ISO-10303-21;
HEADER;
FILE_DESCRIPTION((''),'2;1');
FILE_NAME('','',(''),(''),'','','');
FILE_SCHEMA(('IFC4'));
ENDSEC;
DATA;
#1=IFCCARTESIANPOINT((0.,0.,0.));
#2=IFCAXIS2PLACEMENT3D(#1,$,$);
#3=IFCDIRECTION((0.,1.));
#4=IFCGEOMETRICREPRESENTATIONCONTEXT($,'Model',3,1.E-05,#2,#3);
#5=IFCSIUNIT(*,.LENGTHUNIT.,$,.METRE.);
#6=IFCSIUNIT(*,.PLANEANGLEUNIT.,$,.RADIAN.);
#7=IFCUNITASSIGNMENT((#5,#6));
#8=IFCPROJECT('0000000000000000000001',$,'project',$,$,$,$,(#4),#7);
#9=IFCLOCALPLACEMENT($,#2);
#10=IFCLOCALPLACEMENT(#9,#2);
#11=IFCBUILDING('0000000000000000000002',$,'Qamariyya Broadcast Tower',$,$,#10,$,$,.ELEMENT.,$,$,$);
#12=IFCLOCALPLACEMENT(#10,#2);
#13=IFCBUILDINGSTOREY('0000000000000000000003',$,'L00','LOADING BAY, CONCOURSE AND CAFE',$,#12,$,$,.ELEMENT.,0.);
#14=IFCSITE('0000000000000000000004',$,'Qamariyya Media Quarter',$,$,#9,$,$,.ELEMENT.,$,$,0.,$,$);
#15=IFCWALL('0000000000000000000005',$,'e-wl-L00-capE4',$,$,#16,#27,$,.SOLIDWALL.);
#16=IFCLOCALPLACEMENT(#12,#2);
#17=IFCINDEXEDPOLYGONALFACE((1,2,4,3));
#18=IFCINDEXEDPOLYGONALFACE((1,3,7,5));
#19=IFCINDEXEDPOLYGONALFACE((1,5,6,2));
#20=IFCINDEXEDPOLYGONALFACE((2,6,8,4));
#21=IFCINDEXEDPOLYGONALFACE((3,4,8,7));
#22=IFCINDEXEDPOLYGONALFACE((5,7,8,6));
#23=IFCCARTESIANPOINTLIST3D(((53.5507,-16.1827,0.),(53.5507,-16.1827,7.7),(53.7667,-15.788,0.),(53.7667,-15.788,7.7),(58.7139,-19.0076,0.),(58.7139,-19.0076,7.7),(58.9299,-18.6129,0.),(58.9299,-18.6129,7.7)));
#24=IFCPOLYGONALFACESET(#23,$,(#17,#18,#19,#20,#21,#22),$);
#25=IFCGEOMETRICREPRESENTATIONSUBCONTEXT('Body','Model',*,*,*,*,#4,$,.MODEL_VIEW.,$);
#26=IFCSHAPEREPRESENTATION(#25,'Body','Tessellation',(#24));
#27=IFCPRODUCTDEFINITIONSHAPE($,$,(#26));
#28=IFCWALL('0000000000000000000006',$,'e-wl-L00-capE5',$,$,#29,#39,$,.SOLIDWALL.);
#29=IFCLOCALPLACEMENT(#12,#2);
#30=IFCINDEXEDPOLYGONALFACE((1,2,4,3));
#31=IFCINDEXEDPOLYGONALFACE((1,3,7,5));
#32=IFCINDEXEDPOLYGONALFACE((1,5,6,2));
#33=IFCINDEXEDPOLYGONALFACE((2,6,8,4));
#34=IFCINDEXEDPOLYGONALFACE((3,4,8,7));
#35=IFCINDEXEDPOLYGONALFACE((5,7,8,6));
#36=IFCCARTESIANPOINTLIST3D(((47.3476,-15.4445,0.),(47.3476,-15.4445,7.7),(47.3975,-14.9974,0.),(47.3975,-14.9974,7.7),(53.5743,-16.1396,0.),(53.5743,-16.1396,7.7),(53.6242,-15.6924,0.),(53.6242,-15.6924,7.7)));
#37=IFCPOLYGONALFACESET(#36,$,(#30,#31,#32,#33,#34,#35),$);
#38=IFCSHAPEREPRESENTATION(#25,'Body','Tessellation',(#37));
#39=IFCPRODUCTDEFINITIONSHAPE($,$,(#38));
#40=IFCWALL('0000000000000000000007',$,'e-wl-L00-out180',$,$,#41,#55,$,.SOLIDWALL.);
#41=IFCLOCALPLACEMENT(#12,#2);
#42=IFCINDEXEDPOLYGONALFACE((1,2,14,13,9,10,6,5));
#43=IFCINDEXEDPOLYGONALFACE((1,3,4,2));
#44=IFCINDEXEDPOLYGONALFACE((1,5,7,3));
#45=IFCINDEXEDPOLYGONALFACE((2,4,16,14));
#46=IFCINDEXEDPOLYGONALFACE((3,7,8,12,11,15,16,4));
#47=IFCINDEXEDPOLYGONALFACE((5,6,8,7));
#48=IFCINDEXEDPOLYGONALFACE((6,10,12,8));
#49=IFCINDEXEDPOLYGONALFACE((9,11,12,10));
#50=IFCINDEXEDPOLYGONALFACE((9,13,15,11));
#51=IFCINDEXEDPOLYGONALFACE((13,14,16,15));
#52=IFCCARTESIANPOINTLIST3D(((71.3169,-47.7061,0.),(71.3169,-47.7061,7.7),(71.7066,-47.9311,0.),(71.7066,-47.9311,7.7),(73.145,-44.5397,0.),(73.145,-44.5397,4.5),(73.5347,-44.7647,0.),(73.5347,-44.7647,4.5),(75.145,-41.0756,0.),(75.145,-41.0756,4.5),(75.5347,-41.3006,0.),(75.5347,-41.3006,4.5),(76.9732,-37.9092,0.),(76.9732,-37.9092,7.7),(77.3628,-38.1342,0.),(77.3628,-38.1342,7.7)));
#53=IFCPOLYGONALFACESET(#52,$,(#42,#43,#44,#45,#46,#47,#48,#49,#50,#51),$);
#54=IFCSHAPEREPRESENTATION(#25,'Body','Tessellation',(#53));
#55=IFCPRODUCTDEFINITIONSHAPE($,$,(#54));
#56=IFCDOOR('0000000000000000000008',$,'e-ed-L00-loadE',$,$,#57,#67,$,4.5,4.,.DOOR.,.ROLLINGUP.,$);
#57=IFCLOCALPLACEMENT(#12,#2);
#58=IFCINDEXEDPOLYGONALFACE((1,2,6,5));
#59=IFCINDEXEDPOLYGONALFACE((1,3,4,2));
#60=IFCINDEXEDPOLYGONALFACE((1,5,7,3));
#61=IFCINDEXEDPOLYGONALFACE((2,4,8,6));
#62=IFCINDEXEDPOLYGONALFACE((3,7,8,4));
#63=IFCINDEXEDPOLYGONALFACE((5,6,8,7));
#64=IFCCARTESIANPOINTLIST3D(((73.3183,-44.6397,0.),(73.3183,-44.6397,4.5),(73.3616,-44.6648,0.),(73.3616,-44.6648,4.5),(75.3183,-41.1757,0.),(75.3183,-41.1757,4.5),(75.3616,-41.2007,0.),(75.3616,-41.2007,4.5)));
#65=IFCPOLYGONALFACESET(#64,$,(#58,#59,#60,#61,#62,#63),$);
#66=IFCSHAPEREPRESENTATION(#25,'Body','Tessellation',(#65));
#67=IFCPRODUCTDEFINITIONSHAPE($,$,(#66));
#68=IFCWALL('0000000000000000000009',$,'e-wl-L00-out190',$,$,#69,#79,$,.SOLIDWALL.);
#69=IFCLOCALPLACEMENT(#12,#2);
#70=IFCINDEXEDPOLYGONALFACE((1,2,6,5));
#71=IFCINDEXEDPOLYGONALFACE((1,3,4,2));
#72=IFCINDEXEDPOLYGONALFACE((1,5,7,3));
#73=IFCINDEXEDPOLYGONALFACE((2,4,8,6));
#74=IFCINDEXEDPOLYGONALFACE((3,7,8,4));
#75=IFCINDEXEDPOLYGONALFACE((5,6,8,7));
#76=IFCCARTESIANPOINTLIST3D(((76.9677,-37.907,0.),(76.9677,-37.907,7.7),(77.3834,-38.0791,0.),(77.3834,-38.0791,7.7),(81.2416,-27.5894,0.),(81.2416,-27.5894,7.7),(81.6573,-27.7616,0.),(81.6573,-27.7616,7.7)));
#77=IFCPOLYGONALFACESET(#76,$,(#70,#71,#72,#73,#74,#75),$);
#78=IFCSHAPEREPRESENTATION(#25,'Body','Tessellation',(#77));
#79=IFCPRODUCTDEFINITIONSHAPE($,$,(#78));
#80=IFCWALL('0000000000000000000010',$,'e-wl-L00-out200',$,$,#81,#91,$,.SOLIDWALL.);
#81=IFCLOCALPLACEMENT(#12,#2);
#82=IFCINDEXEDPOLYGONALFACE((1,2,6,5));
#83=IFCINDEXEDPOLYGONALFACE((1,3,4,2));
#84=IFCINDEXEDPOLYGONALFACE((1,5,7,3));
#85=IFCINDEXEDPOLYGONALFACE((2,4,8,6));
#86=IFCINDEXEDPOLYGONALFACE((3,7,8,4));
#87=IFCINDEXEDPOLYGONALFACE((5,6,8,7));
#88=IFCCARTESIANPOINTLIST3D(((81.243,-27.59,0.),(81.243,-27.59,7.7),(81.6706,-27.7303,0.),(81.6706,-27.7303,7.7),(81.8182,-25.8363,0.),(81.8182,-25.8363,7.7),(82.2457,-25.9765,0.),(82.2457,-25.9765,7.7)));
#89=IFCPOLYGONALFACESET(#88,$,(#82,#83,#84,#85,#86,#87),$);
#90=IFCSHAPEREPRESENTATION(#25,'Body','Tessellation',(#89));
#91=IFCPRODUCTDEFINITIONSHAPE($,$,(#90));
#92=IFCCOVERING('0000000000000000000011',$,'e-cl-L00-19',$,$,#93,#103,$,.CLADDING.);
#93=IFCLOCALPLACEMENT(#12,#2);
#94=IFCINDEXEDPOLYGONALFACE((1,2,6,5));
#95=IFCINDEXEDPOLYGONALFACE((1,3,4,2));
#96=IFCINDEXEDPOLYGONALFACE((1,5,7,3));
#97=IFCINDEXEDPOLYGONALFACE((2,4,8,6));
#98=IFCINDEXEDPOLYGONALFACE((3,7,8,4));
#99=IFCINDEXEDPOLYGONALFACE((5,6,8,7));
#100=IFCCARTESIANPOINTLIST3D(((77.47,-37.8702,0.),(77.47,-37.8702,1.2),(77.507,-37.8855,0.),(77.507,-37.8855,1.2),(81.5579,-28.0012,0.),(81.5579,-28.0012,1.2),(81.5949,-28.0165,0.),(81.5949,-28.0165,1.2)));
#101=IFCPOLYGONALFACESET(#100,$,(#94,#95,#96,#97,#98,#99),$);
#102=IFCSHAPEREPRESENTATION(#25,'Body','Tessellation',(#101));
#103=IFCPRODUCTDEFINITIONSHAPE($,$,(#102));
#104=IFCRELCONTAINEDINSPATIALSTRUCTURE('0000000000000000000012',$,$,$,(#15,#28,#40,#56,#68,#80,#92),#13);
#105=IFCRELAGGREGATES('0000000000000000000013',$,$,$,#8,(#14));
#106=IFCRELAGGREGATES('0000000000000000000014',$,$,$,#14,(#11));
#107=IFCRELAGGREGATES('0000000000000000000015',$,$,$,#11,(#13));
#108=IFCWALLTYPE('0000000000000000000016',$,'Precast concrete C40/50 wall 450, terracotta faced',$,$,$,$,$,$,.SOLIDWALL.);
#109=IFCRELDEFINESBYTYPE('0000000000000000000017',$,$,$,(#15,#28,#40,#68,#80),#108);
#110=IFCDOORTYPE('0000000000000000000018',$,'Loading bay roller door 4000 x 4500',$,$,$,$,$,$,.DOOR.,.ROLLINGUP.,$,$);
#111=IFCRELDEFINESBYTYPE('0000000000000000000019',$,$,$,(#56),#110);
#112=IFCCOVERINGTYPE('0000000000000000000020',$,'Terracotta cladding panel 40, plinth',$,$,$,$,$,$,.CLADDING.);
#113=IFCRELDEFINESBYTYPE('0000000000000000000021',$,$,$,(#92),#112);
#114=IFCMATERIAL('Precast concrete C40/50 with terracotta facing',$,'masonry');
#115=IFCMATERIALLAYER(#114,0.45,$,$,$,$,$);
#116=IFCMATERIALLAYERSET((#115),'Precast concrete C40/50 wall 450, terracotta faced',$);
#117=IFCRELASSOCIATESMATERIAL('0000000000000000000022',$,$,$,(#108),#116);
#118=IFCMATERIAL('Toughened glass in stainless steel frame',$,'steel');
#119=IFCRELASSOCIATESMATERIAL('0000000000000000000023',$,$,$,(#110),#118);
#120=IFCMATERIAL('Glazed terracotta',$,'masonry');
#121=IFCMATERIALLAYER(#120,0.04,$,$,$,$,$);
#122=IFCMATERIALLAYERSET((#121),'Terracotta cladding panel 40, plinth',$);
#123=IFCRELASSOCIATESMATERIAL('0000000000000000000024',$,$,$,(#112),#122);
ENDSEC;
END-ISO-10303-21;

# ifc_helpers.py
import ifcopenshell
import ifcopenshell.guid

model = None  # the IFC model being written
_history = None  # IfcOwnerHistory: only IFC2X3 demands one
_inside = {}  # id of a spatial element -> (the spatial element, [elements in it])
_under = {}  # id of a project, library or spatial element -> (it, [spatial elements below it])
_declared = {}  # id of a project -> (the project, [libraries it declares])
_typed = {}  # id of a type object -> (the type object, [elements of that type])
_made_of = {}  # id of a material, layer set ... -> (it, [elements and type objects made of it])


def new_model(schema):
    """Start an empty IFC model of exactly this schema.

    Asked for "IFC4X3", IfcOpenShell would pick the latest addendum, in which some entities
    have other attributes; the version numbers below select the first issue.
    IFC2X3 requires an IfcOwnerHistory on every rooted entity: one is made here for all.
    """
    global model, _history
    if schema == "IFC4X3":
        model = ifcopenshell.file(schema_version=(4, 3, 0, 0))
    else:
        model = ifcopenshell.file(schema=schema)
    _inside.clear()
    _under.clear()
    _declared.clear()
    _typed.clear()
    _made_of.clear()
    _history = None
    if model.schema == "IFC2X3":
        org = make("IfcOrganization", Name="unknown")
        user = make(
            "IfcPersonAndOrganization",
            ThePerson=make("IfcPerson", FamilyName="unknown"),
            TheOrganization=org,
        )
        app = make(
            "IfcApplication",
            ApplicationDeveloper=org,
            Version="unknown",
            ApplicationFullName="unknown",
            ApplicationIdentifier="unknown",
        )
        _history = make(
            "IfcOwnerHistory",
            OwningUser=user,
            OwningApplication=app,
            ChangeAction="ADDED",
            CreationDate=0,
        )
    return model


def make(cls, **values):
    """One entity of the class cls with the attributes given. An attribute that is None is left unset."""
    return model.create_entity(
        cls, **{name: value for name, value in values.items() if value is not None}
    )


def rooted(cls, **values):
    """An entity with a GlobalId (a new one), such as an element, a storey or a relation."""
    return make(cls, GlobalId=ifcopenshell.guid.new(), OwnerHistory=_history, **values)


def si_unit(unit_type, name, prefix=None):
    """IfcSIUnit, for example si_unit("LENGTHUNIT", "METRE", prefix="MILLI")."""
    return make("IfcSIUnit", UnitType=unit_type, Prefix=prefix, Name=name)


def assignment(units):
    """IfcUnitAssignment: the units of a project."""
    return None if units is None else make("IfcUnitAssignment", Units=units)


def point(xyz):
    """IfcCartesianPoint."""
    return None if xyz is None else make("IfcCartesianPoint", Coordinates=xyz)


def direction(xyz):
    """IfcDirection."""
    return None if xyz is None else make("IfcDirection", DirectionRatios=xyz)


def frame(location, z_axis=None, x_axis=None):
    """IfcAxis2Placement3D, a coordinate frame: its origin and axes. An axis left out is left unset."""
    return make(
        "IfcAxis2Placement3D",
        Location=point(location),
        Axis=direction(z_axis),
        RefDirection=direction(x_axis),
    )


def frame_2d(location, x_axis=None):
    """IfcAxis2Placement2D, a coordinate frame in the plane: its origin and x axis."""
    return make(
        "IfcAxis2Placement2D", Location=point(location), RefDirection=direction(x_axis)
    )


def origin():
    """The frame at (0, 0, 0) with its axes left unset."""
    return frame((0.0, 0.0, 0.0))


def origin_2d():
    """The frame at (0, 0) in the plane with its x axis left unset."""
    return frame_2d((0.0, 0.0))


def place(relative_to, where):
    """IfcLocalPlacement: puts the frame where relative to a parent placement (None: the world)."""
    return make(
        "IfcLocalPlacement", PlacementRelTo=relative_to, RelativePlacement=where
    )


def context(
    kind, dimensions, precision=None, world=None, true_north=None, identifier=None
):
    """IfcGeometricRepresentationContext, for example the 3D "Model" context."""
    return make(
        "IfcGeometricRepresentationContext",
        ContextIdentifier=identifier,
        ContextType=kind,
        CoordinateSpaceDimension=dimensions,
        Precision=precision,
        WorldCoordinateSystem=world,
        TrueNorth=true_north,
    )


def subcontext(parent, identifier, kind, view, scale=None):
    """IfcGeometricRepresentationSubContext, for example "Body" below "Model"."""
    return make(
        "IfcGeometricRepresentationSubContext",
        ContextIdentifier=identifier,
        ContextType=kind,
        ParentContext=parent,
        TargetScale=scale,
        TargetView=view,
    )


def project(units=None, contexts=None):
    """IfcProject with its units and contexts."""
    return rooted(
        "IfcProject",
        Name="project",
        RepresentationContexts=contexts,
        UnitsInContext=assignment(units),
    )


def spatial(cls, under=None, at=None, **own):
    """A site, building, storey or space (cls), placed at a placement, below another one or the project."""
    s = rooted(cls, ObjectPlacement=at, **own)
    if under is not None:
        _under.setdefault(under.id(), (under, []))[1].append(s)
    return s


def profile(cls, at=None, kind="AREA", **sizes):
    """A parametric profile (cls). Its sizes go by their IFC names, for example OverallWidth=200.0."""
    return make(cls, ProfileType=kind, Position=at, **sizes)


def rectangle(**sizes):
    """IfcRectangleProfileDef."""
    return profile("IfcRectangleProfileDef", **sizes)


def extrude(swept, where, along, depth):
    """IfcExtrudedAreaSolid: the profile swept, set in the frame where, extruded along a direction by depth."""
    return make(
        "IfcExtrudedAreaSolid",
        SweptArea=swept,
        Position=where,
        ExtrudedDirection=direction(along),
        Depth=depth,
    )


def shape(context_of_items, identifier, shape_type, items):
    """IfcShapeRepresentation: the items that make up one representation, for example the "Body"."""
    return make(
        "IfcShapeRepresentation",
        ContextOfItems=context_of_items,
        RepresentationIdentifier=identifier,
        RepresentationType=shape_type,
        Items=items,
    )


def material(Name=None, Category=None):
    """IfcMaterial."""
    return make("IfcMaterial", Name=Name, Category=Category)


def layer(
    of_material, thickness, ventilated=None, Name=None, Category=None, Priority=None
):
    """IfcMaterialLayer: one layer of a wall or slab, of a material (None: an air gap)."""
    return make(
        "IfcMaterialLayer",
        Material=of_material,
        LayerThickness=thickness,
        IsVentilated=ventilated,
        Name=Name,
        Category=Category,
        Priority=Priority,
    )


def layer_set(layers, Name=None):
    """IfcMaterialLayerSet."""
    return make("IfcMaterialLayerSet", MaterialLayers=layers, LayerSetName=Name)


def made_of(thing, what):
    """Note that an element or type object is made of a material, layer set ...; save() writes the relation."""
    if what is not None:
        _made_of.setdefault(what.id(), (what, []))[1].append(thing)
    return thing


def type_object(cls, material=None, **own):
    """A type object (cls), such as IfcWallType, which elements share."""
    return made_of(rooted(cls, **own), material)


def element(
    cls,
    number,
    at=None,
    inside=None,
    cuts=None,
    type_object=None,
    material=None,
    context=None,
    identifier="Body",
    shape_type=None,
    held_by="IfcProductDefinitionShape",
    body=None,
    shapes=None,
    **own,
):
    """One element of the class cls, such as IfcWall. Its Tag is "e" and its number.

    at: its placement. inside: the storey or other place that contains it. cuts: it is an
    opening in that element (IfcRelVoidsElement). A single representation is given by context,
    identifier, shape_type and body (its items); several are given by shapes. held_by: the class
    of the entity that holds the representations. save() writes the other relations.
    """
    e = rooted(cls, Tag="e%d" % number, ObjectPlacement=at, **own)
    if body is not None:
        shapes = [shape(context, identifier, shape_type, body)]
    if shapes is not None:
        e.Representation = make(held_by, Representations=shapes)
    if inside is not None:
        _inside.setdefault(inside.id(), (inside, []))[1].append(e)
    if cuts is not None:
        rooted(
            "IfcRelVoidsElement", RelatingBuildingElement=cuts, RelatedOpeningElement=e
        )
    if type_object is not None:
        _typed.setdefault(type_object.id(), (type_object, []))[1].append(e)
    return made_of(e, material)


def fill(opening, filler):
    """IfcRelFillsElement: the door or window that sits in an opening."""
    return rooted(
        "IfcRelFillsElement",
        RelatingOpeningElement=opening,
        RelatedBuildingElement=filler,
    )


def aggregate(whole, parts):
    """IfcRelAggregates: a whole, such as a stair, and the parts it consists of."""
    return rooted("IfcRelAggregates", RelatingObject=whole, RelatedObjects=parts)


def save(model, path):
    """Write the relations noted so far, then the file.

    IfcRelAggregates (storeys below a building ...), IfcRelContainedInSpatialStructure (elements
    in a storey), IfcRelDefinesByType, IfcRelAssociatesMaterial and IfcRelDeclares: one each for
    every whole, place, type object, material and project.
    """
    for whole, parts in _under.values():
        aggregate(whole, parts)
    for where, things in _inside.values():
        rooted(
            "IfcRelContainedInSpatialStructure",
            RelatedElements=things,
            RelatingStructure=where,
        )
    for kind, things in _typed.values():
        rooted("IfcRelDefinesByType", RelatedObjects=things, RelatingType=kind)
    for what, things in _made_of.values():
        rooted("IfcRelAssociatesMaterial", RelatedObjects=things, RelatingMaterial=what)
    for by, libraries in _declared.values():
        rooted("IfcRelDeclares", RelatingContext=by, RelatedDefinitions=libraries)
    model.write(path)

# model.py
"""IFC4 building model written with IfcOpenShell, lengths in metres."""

from ifc_helpers import new_model, si_unit, direction, frame, frame_2d, origin, origin_2d, place, context, subcontext, project, spatial, rectangle, extrude, material, layer, layer_set, type_object, element, fill, save


model = new_model("IFC4")

# Units and contexts
model_context = context("Model", 3, precision=1e-05, world=origin(), true_north=direction((0.0, 1.0)))
body_context = subcontext(model_context, "Body", "Model", "MODEL_VIEW")
ifc_project = project(units=[si_unit("LENGTHUNIT", "METRE"), si_unit("PLANEANGLEUNIT", "RADIAN")], contexts=[model_context])

# Site, building, storey
site_placement = place(None, origin())
site = spatial("IfcSite", under=ifc_project, at=site_placement, Name="Qamariyya Media Quarter", CompositionType="ELEMENT", RefElevation=0.0)
building_placement = place(site_placement, origin())
building = spatial("IfcBuilding", under=site, at=building_placement, Name="Qamariyya Broadcast Tower", CompositionType="ELEMENT")
storey_placement = place(building_placement, origin())
storey = spatial("IfcBuildingStorey", under=building, at=storey_placement, Name="L00", Description="LOADING BAY, CONCOURSE AND CAFE", CompositionType="ELEMENT", Elevation=0.0)

# Walls
ifc_material_1 = material(Name="Precast concrete C40/50 with terracotta facing", Category="masonry")
ifc_layer_1 = layer(ifc_material_1, 0.45)
ifc_layer_set_1 = layer_set([ifc_layer_1], Name="Precast concrete C40/50 wall 450, terracotta faced")
wall_type = type_object("IfcWallType", Name="Precast concrete C40/50 wall 450, terracotta faced", PredefinedType="SOLIDWALL", material=ifc_layer_set_1)
wall_1_placement = place(storey_placement, frame((58.822, -18.8103, 0.0), z_axis=(0.0, 0.0, 1.0), x_axis=(-0.877281, 0.479976, 0.0)))
element("IfcWall", 1, at=wall_1_placement, inside=storey, type_object=wall_type, Name="e-wl-L00-capE4", PredefinedType="SOLIDWALL", context=body_context, shape_type="SweptSolid", body=[
    extrude(rectangle(XDim=5.8855, YDim=0.45, at=frame_2d((2.9429, 0.0))), origin(), (0.0, 0.0, 1.0), 7.7),
])
wall_2_placement = place(storey_placement, frame((53.5994, -15.916, 0.0), z_axis=(0.0, 0.0, 1.0), x_axis=(-0.993828, 0.110936, 0.0)))
element("IfcWall", 2, at=wall_2_placement, inside=storey, type_object=wall_type, Name="e-wl-L00-capE5", PredefinedType="SOLIDWALL", context=body_context, shape_type="SweptSolid", body=[
    extrude(rectangle(XDim=6.2654, YDim=0.45, at=frame_2d((3.1328, 0.0))), origin(), (0.0, 0.0, 1.0), 7.7),
])

# Wall, opening, door
wall_3_placement = place(storey_placement, frame((71.5117, -47.8186, 0.0), z_axis=(0.0, 0.0, 1.0), x_axis=(0.500001, 0.866025, 0.0)))
wall_3 = element("IfcWall", 3, at=wall_3_placement, inside=storey, type_object=wall_type, Name="e-wl-L00-out180", PredefinedType="SOLIDWALL", context=body_context, shape_type="SweptSolid", body=[
    extrude(rectangle(XDim=11.3125, YDim=0.45, at=frame_2d((5.6562, 0.0))), origin(), (0.0, 0.0, 1.0), 7.7),
])
opening_placement = place(wall_3_placement, frame((3.6562, 0.0, 0.0)))
opening = element("IfcOpeningElement", 4, at=opening_placement, cuts=wall_3, PredefinedType="OPENING", context=body_context, shape_type="SweptSolid", body=[
    extrude(rectangle(XDim=4.0, YDim=4.5, at=frame_2d((2.0, 2.25))), frame((0.0, 0.2349, 0.0), z_axis=(0.0, -1.0, 0.0), x_axis=(1.0, 0.0, 0.0)), (0.0, 0.0, 1.0), 0.47),
])
ifc_material_2 = material(Name="Toughened glass in stainless steel frame", Category="steel")
door_type = type_object("IfcDoorType", Name="Loading bay roller door 4000 x 4500", OperationType="ROLLINGUP", PredefinedType="DOOR", material=ifc_material_2)
door_placement = place(opening_placement, origin())
door = element("IfcDoor", 5, at=door_placement, inside=storey, type_object=door_type, Name="e-ed-L00-loadE", OperationType="ROLLINGUP", OverallHeight=4.5, OverallWidth=4.0, PredefinedType="DOOR", context=body_context, shape_type="SweptSolid", body=[
    extrude(rectangle(XDim=4.0, YDim=4.5, at=frame_2d((2.0, 2.25))), frame((0.0, 0.0249, 0.0), z_axis=(0.0, -1.0, 0.0), x_axis=(1.0, 0.0, 0.0)), (0.0, 0.0, 1.0), 0.05),
])
fill(opening, door)

# Walls
wall_4_placement = place(storey_placement, frame((77.1755, -37.9932, 0.0), z_axis=(0.0, 0.0, 1.0), x_axis=(0.382701, 0.923872, 0.0)))
element("IfcWall", 6, at=wall_4_placement, inside=storey, type_object=wall_type, Name="e-wl-L00-out190", PredefinedType="SOLIDWALL", context=body_context, shape_type="SweptSolid", body=[
    extrude(rectangle(XDim=11.1677, YDim=0.45, at=frame_2d((5.584, 0.0))), origin(), (0.0, 0.0, 1.0), 7.7),
])
wall_5_placement = place(storey_placement, frame((81.4568, -27.6602, 0.0), z_axis=(0.0, 0.0, 1.0), x_axis=(0.311621, 0.950206, 0.0)))
element("IfcWall", 7, at=wall_5_placement, inside=storey, type_object=wall_type, Name="e-wl-L00-out200", PredefinedType="SOLIDWALL", context=body_context, shape_type="SweptSolid", body=[
    extrude(rectangle(XDim=1.8457, YDim=0.45, at=frame_2d((0.9229, 0.0))), origin(), (0.0, 0.0, 1.0), 7.7),
])

# Covering
ifc_material_3 = material(Name="Glazed terracotta", Category="masonry")
ifc_layer_2 = layer(ifc_material_3, 0.04)
ifc_layer_set_2 = layer_set([ifc_layer_2], Name="Terracotta cladding panel 40, plinth")
covering_type = type_object("IfcCoveringType", Name="Terracotta cladding panel 40, plinth", PredefinedType="CLADDING", material=ifc_layer_set_2)
covering_placement = place(storey_placement, frame((79.5325, -32.9434, 0.0), z_axis=(0.0, 0.0, 1.0), x_axis=(0.382683, 0.92388, 0.0)))
element("IfcCovering", 8, at=covering_placement, inside=storey, type_object=covering_type, Name="e-cl-L00-19", PredefinedType="CLADDING", context=body_context, shape_type="SweptSolid", body=[
    extrude(rectangle(XDim=10.6821, YDim=0.04, at=origin_2d()), origin(), (0.0, 0.0, 1.0), 1.2),
])

save(model, "model.ifc")
